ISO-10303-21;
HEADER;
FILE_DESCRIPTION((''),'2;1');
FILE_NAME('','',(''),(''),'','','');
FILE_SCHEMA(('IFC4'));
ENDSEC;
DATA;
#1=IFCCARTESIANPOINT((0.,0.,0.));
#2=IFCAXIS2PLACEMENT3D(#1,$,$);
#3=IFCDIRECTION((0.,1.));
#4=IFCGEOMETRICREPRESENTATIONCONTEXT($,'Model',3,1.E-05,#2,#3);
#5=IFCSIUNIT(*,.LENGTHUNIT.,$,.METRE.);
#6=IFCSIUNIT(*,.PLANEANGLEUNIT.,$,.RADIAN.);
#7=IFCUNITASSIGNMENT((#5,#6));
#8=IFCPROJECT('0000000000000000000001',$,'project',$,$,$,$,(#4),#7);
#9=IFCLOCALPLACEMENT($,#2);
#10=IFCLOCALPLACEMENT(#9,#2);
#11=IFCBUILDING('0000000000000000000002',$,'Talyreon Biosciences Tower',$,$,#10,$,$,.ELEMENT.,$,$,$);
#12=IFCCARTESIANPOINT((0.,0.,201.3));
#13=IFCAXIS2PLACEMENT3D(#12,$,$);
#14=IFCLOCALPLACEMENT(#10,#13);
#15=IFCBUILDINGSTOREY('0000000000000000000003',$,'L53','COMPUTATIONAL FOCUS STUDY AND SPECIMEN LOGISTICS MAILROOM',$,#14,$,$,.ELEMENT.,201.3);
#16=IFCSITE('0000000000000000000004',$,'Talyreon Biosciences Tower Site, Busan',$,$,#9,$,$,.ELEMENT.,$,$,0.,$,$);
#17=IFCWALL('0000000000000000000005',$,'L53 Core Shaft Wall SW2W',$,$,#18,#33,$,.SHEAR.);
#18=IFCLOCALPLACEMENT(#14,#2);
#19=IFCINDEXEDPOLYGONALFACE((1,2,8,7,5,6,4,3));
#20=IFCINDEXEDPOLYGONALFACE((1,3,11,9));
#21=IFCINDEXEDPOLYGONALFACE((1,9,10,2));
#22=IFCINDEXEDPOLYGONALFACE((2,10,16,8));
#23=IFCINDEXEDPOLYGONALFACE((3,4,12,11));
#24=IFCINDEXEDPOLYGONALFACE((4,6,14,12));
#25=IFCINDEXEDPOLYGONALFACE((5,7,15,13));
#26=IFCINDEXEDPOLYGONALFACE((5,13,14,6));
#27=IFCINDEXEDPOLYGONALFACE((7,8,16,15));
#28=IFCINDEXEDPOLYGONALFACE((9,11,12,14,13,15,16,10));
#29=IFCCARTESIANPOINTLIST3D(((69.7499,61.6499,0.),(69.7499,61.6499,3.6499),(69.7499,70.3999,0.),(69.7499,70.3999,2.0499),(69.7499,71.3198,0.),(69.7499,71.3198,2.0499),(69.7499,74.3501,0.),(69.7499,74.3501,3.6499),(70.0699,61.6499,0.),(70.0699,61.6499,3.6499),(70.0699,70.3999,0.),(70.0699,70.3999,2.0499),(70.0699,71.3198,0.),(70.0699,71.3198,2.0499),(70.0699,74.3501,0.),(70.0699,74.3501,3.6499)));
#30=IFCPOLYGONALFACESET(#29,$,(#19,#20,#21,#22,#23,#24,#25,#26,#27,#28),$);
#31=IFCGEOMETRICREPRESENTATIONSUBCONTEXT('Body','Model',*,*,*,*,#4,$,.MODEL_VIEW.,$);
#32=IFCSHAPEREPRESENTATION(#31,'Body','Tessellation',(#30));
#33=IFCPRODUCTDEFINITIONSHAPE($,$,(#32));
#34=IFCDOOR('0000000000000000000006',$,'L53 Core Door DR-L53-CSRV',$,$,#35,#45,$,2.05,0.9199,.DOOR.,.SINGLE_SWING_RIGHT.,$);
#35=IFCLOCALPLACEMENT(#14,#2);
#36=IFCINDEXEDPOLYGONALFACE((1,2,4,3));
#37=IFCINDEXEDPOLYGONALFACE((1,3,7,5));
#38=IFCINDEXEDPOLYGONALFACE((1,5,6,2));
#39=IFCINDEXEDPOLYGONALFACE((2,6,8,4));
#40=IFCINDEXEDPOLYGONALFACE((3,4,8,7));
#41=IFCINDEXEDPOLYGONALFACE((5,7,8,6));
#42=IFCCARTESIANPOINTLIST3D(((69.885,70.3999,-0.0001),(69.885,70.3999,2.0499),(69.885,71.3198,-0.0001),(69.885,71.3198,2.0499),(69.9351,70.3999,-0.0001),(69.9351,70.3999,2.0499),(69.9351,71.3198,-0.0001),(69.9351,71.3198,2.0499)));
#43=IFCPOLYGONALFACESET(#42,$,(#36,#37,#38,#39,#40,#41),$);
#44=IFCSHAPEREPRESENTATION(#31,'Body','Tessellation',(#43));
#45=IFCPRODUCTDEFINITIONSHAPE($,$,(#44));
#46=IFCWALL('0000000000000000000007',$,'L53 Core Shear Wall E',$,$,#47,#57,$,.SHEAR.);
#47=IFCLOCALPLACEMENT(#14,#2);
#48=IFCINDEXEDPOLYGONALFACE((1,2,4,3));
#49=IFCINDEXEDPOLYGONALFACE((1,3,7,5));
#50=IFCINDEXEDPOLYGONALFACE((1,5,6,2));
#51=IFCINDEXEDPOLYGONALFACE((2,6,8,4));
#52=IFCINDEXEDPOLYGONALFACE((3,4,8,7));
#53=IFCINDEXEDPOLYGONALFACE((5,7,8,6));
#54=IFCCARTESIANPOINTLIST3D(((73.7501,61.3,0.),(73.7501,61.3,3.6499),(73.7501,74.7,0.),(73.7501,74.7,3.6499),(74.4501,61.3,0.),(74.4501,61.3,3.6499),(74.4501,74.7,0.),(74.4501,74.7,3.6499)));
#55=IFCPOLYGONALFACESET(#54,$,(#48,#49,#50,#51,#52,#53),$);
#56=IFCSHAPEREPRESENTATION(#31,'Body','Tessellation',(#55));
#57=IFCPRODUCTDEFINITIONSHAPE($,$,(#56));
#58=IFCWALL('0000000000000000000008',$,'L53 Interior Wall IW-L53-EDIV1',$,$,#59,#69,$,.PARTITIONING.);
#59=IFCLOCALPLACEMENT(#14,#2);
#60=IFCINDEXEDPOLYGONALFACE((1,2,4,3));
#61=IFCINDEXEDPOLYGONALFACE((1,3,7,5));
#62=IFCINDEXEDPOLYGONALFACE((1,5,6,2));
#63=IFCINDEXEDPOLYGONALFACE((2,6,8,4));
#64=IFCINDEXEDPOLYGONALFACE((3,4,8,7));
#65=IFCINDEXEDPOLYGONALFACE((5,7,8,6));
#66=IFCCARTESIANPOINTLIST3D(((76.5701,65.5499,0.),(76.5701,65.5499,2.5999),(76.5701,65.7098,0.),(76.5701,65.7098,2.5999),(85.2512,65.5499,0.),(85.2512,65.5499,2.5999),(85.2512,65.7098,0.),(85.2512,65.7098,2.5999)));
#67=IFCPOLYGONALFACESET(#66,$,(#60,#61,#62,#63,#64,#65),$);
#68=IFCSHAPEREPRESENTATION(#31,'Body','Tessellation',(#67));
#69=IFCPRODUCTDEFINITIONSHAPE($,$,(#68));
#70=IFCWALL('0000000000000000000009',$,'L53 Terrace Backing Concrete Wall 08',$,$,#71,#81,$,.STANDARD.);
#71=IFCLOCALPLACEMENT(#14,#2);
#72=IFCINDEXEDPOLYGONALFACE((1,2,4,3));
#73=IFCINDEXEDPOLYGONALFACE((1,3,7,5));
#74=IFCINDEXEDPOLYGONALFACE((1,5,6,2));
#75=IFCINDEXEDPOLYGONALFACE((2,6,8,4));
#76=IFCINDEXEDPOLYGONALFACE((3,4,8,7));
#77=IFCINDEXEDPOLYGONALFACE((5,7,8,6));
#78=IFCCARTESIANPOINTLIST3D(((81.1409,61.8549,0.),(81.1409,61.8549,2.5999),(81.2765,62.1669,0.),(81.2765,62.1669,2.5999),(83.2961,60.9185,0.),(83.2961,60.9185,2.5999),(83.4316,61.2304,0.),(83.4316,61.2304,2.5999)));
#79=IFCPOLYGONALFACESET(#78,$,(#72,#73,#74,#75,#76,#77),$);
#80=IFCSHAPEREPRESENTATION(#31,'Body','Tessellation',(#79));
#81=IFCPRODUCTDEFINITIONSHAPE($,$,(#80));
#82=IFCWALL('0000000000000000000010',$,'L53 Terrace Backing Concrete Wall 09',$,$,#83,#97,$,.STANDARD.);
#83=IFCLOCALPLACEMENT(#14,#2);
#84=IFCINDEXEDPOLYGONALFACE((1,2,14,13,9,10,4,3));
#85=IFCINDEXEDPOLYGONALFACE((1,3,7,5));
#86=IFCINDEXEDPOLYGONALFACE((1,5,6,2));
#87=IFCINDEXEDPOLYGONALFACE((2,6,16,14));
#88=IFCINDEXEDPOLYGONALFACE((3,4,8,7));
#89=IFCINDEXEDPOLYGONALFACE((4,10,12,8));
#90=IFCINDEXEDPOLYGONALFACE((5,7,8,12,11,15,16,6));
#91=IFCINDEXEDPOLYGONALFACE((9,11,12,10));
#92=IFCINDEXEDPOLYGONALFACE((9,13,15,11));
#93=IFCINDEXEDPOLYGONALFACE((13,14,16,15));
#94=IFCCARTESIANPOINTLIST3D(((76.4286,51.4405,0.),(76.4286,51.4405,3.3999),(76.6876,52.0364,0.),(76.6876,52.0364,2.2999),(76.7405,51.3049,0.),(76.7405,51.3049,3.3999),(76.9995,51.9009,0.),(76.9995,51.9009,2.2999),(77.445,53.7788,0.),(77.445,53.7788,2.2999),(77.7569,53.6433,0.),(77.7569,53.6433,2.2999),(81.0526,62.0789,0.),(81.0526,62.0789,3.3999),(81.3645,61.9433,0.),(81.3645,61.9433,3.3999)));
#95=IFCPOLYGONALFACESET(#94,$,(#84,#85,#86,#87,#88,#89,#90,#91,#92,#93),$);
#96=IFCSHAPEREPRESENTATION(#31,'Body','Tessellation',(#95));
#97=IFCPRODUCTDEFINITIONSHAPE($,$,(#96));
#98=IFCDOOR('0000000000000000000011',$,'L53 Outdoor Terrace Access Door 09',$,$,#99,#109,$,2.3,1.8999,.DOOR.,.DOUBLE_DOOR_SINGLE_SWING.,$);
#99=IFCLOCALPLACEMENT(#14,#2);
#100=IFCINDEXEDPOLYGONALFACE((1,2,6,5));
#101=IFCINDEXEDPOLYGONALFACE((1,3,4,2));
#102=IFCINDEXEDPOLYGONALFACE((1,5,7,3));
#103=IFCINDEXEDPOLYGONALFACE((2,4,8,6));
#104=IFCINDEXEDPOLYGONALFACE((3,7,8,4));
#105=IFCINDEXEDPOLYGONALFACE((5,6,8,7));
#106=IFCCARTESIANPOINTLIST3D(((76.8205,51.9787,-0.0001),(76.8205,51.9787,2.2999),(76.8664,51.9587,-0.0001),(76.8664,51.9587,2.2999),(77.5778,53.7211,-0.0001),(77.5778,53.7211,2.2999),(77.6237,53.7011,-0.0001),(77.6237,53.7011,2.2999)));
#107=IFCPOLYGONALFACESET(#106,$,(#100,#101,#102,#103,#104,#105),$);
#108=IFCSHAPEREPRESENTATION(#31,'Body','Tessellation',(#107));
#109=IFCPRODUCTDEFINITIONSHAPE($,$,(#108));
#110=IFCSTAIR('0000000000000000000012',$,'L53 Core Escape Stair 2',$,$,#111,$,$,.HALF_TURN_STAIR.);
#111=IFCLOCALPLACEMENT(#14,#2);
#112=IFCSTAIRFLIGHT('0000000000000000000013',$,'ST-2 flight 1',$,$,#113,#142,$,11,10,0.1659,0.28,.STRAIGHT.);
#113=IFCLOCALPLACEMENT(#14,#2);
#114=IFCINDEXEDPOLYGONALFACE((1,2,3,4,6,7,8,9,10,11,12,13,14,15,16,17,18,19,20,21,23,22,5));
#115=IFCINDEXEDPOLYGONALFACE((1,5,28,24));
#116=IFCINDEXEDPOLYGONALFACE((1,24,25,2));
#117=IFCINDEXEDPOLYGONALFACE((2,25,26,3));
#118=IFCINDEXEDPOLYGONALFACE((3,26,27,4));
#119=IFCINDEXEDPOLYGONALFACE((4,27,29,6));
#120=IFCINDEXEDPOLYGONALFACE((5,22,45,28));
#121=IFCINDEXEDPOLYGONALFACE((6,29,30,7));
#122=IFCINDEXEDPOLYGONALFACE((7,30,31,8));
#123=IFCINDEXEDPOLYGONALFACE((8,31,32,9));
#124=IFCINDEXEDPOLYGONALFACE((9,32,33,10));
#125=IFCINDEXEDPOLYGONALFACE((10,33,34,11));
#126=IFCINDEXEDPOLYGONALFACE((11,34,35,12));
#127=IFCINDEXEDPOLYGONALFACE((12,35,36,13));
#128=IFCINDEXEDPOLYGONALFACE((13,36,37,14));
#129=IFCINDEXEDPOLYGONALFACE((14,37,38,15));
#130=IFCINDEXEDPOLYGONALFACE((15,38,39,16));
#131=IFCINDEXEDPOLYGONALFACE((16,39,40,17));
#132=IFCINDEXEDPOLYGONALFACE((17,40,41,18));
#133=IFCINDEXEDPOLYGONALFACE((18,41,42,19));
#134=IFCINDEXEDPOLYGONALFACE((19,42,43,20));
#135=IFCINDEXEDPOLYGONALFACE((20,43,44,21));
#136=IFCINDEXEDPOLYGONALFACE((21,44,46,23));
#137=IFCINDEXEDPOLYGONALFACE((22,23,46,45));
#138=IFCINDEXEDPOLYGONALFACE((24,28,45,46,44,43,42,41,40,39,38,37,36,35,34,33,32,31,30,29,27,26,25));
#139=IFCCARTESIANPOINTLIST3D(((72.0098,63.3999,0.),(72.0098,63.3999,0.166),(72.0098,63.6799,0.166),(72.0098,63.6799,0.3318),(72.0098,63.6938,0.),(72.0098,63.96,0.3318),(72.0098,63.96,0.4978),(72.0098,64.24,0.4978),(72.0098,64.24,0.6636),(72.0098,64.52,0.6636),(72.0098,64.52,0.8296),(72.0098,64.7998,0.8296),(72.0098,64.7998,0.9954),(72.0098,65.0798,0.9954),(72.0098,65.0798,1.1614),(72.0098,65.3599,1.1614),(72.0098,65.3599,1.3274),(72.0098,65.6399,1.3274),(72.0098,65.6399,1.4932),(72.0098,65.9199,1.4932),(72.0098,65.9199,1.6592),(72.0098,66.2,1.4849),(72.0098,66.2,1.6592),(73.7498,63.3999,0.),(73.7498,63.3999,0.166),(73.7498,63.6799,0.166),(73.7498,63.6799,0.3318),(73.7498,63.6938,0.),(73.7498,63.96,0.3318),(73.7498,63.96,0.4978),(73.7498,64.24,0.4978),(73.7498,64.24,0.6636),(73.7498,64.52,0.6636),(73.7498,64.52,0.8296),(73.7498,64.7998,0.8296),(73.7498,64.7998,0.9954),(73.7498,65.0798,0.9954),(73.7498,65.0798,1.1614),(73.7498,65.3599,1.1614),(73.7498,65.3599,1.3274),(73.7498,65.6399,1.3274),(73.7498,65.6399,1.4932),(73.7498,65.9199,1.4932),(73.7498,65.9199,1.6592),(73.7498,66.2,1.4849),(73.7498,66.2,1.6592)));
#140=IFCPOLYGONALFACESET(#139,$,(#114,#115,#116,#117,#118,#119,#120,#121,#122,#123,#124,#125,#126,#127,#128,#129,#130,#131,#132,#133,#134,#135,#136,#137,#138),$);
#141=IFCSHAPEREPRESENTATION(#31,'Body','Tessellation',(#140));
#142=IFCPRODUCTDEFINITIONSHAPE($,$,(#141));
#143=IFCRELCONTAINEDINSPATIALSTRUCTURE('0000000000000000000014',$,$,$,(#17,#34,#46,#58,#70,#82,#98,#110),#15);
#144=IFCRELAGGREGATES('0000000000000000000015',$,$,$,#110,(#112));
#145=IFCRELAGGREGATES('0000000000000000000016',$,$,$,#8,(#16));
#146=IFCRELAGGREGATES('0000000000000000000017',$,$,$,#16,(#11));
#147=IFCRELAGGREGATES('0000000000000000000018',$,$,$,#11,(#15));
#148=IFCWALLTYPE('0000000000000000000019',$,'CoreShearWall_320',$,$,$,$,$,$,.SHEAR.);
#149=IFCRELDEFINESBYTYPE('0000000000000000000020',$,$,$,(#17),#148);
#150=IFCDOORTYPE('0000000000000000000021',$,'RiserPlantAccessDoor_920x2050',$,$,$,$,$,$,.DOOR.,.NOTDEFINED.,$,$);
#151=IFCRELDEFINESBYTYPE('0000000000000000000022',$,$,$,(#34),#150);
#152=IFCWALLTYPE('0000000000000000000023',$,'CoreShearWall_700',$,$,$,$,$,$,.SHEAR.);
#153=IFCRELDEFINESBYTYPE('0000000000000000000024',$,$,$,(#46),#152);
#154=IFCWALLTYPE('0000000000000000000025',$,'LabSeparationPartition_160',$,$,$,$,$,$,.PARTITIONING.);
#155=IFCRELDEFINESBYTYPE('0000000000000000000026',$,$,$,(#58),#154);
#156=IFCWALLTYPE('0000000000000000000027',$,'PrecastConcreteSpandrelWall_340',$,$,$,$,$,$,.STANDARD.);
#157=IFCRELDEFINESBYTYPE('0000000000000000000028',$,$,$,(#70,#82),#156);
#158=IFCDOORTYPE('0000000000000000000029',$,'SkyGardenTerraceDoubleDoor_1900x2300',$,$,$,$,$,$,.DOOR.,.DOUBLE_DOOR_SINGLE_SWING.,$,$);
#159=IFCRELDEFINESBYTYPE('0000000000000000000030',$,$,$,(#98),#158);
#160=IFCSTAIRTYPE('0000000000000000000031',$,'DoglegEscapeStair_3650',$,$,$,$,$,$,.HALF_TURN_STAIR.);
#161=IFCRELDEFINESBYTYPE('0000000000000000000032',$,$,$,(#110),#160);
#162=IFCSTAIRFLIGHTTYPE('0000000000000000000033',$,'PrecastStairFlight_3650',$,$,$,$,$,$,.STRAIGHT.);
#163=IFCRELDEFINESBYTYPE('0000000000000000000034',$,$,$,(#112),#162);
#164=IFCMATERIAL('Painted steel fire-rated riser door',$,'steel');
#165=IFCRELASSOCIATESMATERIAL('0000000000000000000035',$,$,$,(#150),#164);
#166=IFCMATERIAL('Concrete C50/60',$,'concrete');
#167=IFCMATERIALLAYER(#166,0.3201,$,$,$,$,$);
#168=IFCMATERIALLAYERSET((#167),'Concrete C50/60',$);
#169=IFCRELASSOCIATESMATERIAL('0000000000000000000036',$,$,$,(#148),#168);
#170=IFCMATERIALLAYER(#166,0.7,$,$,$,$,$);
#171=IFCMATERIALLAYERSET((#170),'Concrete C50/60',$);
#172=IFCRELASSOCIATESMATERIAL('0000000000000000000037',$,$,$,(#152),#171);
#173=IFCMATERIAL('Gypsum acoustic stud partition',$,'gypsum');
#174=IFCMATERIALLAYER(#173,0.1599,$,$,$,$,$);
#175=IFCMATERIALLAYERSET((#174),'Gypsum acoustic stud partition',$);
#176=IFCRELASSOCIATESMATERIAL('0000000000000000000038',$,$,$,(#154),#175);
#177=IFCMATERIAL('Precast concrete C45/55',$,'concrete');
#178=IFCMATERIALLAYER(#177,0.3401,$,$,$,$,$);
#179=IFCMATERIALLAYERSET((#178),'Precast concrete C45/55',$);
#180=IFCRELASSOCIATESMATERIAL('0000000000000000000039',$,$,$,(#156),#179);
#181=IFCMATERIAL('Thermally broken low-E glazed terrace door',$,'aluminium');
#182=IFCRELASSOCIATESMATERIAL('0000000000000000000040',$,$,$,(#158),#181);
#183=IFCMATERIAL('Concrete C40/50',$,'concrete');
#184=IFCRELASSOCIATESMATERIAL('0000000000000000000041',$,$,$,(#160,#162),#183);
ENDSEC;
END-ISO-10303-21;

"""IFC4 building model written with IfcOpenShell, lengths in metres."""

from ifc_helpers import new_model, si_unit, direction, frame, frame_2d, origin, place, context, subcontext, project, spatial, polyline, rectangle, outline, extrude, material, layer, layer_set, type_object, element, fill, aggregate, save


model = new_model("IFC4")

# Units and contexts
model_context = context("Model", 3, precision=1e-05, world=origin(), true_north=direction((0.0, 1.0)))
body_context = subcontext(model_context, "Body", "Model", "MODEL_VIEW")
ifc_project = project(units=[si_unit("LENGTHUNIT", "METRE"), si_unit("PLANEANGLEUNIT", "RADIAN")], contexts=[model_context])

# Site, building, storey
site_placement = place(None, origin())
site = spatial("IfcSite", under=ifc_project, at=site_placement, Name="Talyreon Biosciences Tower Site, Busan", CompositionType="ELEMENT", RefElevation=0.0)
building_placement = place(site_placement, origin())
building = spatial("IfcBuilding", under=site, at=building_placement, Name="Talyreon Biosciences Tower", CompositionType="ELEMENT")
storey_placement = place(building_placement, frame((0.0, 0.0, 201.3)))
storey = spatial("IfcBuildingStorey", under=building, at=storey_placement, Name="L53", Description="COMPUTATIONAL FOCUS STUDY AND SPECIMEN LOGISTICS MAILROOM", CompositionType="ELEMENT", Elevation=201.3)

# Shared definitions
ifc_material_1 = material(Name="Concrete C50/60", Category="concrete")

# Wall, opening, door
ifc_material_2 = material(Name="Painted steel fire-rated riser door", Category="steel")
door_type_1 = type_object("IfcDoorType", Name="RiserPlantAccessDoor_920x2050", OperationType="NOTDEFINED", PredefinedType="DOOR", material=ifc_material_2)
ifc_layer_1 = layer(ifc_material_1, 0.3201)
ifc_layer_set_1 = layer_set([ifc_layer_1], Name="Concrete C50/60")
wall_type_1 = type_object("IfcWallType", Name="CoreShearWall_320", PredefinedType="SHEAR", material=ifc_layer_set_1)
wall_1_placement = place(storey_placement, frame((69.9099, 61.6499, 0.0), z_axis=(0.0, 0.0, 1.0), x_axis=(0.0, 1.0, 0.0)))
wall_1 = element("IfcWall", 1, at=wall_1_placement, inside=storey, type_object=wall_type_1, Name="L53 Core Shaft Wall SW2W", PredefinedType="SHEAR", context=body_context, shape_type="SweptSolid", body=[
    extrude(rectangle(XDim=12.7002, YDim=0.3201, at=frame_2d((6.3501, 0.0))), origin(), (0.0, 0.0, 1.0), 3.6499),
])
opening_1_placement = place(wall_1_placement, frame((8.75, 0.0, 0.0)))
opening_1 = element("IfcOpeningElement", 2, at=opening_1_placement, cuts=wall_1, PredefinedType="OPENING", context=body_context, shape_type="SweptSolid", body=[
    extrude(rectangle(XDim=0.9199, YDim=2.05, at=frame_2d((0.46, 1.0249))), frame((0.0, 0.1699, 0.0), z_axis=(0.0, -1.0, 0.0), x_axis=(1.0, 0.0, 0.0)), (0.0, 0.0, 1.0), 0.3401),
])
door_1_placement = place(opening_1_placement, origin())
door_1 = element("IfcDoor", 3, at=door_1_placement, inside=storey, type_object=door_type_1, Name="L53 Core Door DR-L53-CSRV", OperationType="SINGLE_SWING_RIGHT", OverallHeight=2.05, OverallWidth=0.9199, PredefinedType="DOOR", context=body_context, shape_type="SweptSolid", body=[
    extrude(rectangle(XDim=0.9199, YDim=2.05, at=frame_2d((0.46, 1.0249))), frame((0.0, 0.0249, 0.0), z_axis=(0.0, -1.0, 0.0), x_axis=(1.0, 0.0, 0.0)), (0.0, 0.0, 1.0), 0.05),
])
fill(opening_1, door_1)

# Wall
ifc_layer_2 = layer(ifc_material_1, 0.7)
ifc_layer_set_2 = layer_set([ifc_layer_2], Name="Concrete C50/60")
wall_type_2 = type_object("IfcWallType", Name="CoreShearWall_700", PredefinedType="SHEAR", material=ifc_layer_set_2)
wall_2_placement = place(storey_placement, frame((74.1001, 61.3, 0.0), z_axis=(0.0, 0.0, 1.0), x_axis=(0.0, 1.0, 0.0)))
element("IfcWall", 4, at=wall_2_placement, inside=storey, type_object=wall_type_2, Name="L53 Core Shear Wall E", PredefinedType="SHEAR", context=body_context, shape_type="SweptSolid", body=[
    extrude(rectangle(XDim=13.3999, YDim=0.7, at=frame_2d((6.7, 0.0))), origin(), (0.0, 0.0, 1.0), 3.6499),
])

# Walls
ifc_material_3 = material(Name="Gypsum acoustic stud partition", Category="gypsum")
ifc_layer_3 = layer(ifc_material_3, 0.1599)
ifc_layer_set_3 = layer_set([ifc_layer_3], Name="Gypsum acoustic stud partition")
wall_type_3 = type_object("IfcWallType", Name="LabSeparationPartition_160", PredefinedType="PARTITIONING", material=ifc_layer_set_3)
wall_3_placement = place(storey_placement, frame((76.5701, 65.6299, 0.0), z_axis=(0.0, 0.0, 1.0), x_axis=(1.0, 0.0, 0.0)))
element("IfcWall", 5, at=wall_3_placement, inside=storey, type_object=wall_type_3, Name="L53 Interior Wall IW-L53-EDIV1", PredefinedType="PARTITIONING", context=body_context, shape_type="SweptSolid", body=[
    extrude(rectangle(XDim=8.6812, YDim=0.1599, at=frame_2d((4.3406, 0.0))), origin(), (0.0, 0.0, 1.0), 2.5999),
])
ifc_material_4 = material(Name="Precast concrete C45/55", Category="concrete")
ifc_layer_4 = layer(ifc_material_4, 0.3401)
ifc_layer_set_4 = layer_set([ifc_layer_4], Name="Precast concrete C45/55")
wall_type_4 = type_object("IfcWallType", Name="PrecastConcreteSpandrelWall_340", PredefinedType="STANDARD", material=ifc_layer_set_4)
wall_4_placement = place(storey_placement, frame((83.3638, 61.0745, 0.0), z_axis=(0.0, 0.0, 1.0), x_axis=(-0.917156, 0.398529, 0.0)))
element("IfcWall", 6, at=wall_4_placement, inside=storey, type_object=wall_type_4, Name="L53 Terrace Backing Concrete Wall 08", PredefinedType="STANDARD", context=body_context, shape_type="SweptSolid", body=[
    extrude(rectangle(XDim=2.3499, YDim=0.3401, at=frame_2d((1.1748, 0.0))), origin(), (0.0, 0.0, 1.0), 2.5999),
])

# Wall, opening, door
wall_5_placement = place(storey_placement, frame((81.2085, 62.011, 0.0), z_axis=(0.0, 0.0, 1.0), x_axis=(-0.398626, -0.917114, 0.0)))
wall_5 = element("IfcWall", 7, at=wall_5_placement, inside=storey, type_object=wall_type_4, Name="L53 Terrace Backing Concrete Wall 09", PredefinedType="STANDARD", context=body_context, shape_type="SweptSolid", body=[
    extrude(rectangle(XDim=11.5999, YDim=0.3401, at=frame_2d((5.7998, 0.0))), origin(), (0.0, 0.0, 1.0), 3.3999),
])
opening_2_placement = place(wall_5_placement, frame((9.05, 0.0, 0.0)))
opening_2 = element("IfcOpeningElement", 8, at=opening_2_placement, cuts=wall_5, PredefinedType="OPENING", context=body_context, shape_type="SweptSolid", body=[
    extrude(rectangle(XDim=1.8999, YDim=2.3, at=frame_2d((0.95, 1.1499))), frame((0.0, 0.1799, 0.0), z_axis=(0.0, -1.0, 0.0), x_axis=(1.0, 0.0, 0.0)), (0.0, 0.0, 1.0), 0.3601),
])
ifc_material_5 = material(Name="Thermally broken low-E glazed terrace door", Category="aluminium")
door_type_2 = type_object("IfcDoorType", Name="SkyGardenTerraceDoubleDoor_1900x2300", OperationType="DOUBLE_DOOR_SINGLE_SWING", PredefinedType="DOOR", material=ifc_material_5)
door_2_placement = place(opening_2_placement, origin())
door_2 = element("IfcDoor", 9, at=door_2_placement, inside=storey, type_object=door_type_2, Name="L53 Outdoor Terrace Access Door 09", OperationType="DOUBLE_DOOR_SINGLE_SWING", OverallHeight=2.3, OverallWidth=1.8999, PredefinedType="DOOR", context=body_context, shape_type="SweptSolid", body=[
    extrude(rectangle(XDim=1.8999, YDim=2.3, at=frame_2d((0.95, 1.1499))), frame((0.0, 0.0249, 0.0), z_axis=(0.0, -1.0, 0.0), x_axis=(1.0, 0.0, 0.0)), (0.0, 0.0, 1.0), 0.05),
])
fill(opening_2, door_2)

# Stair, stair flight
ifc_material_6 = material(Name="Concrete C40/50", Category="concrete")
stair_type = type_object("IfcStairType", Name="DoglegEscapeStair_3650", PredefinedType="HALF_TURN_STAIR", material=ifc_material_6)
stair_placement = place(storey_placement, origin())
stair = element("IfcStair", 10, at=stair_placement, inside=storey, type_object=stair_type, Name="L53 Core Escape Stair 2", PredefinedType="HALF_TURN_STAIR")
stair_flight_type = type_object("IfcStairFlightType", Name="PrecastStairFlight_3650", PredefinedType="STRAIGHT", material=ifc_material_6)
stair_flight_placement = place(storey_placement, frame((72.8799, 63.3999, 0.0), z_axis=(0.0, 0.0, 1.0), x_axis=(0.0, 1.0, 0.0)))
stair_flight = element("IfcStairFlight", 11, at=stair_flight_placement, type_object=stair_flight_type, Name="ST-2 flight 1", NumberOfRisers=11, NumberOfTreads=10, PredefinedType="STRAIGHT", RiserHeight=0.1659, TreadLength=0.28, context=body_context, shape_type="SweptSolid", body=[
    extrude(outline(polyline([(0.0, 0.0), (0.0, 0.166), (0.28, 0.166), (0.28, 0.3318), (0.5601, 0.3318), (0.5601, 0.4978), (0.8401, 0.4978), (0.8401, 0.6636), (1.1201, 0.6636), (1.1201, 0.8296), (1.3999, 0.8296), (1.3999, 0.9954), (1.6799, 0.9954), (1.6799, 1.1614), (1.96, 1.1614), (1.96, 1.3274), (2.24, 1.3274), (2.24, 1.4932), (2.52, 1.4932), (2.52, 1.6592), (2.8, 1.6592), (2.8, 1.825), (2.8, 1.4849), (0.2939, 0.0), (0.0, 0.0)])), frame((0.0, 0.8701, 0.0), z_axis=(0.0, -1.0, 0.0), x_axis=(1.0, 0.0, 0.0)), (0.0, 0.0, 1.0), 1.74),
])
aggregate(stair, [stair_flight])

save(model, "model.ifc")
